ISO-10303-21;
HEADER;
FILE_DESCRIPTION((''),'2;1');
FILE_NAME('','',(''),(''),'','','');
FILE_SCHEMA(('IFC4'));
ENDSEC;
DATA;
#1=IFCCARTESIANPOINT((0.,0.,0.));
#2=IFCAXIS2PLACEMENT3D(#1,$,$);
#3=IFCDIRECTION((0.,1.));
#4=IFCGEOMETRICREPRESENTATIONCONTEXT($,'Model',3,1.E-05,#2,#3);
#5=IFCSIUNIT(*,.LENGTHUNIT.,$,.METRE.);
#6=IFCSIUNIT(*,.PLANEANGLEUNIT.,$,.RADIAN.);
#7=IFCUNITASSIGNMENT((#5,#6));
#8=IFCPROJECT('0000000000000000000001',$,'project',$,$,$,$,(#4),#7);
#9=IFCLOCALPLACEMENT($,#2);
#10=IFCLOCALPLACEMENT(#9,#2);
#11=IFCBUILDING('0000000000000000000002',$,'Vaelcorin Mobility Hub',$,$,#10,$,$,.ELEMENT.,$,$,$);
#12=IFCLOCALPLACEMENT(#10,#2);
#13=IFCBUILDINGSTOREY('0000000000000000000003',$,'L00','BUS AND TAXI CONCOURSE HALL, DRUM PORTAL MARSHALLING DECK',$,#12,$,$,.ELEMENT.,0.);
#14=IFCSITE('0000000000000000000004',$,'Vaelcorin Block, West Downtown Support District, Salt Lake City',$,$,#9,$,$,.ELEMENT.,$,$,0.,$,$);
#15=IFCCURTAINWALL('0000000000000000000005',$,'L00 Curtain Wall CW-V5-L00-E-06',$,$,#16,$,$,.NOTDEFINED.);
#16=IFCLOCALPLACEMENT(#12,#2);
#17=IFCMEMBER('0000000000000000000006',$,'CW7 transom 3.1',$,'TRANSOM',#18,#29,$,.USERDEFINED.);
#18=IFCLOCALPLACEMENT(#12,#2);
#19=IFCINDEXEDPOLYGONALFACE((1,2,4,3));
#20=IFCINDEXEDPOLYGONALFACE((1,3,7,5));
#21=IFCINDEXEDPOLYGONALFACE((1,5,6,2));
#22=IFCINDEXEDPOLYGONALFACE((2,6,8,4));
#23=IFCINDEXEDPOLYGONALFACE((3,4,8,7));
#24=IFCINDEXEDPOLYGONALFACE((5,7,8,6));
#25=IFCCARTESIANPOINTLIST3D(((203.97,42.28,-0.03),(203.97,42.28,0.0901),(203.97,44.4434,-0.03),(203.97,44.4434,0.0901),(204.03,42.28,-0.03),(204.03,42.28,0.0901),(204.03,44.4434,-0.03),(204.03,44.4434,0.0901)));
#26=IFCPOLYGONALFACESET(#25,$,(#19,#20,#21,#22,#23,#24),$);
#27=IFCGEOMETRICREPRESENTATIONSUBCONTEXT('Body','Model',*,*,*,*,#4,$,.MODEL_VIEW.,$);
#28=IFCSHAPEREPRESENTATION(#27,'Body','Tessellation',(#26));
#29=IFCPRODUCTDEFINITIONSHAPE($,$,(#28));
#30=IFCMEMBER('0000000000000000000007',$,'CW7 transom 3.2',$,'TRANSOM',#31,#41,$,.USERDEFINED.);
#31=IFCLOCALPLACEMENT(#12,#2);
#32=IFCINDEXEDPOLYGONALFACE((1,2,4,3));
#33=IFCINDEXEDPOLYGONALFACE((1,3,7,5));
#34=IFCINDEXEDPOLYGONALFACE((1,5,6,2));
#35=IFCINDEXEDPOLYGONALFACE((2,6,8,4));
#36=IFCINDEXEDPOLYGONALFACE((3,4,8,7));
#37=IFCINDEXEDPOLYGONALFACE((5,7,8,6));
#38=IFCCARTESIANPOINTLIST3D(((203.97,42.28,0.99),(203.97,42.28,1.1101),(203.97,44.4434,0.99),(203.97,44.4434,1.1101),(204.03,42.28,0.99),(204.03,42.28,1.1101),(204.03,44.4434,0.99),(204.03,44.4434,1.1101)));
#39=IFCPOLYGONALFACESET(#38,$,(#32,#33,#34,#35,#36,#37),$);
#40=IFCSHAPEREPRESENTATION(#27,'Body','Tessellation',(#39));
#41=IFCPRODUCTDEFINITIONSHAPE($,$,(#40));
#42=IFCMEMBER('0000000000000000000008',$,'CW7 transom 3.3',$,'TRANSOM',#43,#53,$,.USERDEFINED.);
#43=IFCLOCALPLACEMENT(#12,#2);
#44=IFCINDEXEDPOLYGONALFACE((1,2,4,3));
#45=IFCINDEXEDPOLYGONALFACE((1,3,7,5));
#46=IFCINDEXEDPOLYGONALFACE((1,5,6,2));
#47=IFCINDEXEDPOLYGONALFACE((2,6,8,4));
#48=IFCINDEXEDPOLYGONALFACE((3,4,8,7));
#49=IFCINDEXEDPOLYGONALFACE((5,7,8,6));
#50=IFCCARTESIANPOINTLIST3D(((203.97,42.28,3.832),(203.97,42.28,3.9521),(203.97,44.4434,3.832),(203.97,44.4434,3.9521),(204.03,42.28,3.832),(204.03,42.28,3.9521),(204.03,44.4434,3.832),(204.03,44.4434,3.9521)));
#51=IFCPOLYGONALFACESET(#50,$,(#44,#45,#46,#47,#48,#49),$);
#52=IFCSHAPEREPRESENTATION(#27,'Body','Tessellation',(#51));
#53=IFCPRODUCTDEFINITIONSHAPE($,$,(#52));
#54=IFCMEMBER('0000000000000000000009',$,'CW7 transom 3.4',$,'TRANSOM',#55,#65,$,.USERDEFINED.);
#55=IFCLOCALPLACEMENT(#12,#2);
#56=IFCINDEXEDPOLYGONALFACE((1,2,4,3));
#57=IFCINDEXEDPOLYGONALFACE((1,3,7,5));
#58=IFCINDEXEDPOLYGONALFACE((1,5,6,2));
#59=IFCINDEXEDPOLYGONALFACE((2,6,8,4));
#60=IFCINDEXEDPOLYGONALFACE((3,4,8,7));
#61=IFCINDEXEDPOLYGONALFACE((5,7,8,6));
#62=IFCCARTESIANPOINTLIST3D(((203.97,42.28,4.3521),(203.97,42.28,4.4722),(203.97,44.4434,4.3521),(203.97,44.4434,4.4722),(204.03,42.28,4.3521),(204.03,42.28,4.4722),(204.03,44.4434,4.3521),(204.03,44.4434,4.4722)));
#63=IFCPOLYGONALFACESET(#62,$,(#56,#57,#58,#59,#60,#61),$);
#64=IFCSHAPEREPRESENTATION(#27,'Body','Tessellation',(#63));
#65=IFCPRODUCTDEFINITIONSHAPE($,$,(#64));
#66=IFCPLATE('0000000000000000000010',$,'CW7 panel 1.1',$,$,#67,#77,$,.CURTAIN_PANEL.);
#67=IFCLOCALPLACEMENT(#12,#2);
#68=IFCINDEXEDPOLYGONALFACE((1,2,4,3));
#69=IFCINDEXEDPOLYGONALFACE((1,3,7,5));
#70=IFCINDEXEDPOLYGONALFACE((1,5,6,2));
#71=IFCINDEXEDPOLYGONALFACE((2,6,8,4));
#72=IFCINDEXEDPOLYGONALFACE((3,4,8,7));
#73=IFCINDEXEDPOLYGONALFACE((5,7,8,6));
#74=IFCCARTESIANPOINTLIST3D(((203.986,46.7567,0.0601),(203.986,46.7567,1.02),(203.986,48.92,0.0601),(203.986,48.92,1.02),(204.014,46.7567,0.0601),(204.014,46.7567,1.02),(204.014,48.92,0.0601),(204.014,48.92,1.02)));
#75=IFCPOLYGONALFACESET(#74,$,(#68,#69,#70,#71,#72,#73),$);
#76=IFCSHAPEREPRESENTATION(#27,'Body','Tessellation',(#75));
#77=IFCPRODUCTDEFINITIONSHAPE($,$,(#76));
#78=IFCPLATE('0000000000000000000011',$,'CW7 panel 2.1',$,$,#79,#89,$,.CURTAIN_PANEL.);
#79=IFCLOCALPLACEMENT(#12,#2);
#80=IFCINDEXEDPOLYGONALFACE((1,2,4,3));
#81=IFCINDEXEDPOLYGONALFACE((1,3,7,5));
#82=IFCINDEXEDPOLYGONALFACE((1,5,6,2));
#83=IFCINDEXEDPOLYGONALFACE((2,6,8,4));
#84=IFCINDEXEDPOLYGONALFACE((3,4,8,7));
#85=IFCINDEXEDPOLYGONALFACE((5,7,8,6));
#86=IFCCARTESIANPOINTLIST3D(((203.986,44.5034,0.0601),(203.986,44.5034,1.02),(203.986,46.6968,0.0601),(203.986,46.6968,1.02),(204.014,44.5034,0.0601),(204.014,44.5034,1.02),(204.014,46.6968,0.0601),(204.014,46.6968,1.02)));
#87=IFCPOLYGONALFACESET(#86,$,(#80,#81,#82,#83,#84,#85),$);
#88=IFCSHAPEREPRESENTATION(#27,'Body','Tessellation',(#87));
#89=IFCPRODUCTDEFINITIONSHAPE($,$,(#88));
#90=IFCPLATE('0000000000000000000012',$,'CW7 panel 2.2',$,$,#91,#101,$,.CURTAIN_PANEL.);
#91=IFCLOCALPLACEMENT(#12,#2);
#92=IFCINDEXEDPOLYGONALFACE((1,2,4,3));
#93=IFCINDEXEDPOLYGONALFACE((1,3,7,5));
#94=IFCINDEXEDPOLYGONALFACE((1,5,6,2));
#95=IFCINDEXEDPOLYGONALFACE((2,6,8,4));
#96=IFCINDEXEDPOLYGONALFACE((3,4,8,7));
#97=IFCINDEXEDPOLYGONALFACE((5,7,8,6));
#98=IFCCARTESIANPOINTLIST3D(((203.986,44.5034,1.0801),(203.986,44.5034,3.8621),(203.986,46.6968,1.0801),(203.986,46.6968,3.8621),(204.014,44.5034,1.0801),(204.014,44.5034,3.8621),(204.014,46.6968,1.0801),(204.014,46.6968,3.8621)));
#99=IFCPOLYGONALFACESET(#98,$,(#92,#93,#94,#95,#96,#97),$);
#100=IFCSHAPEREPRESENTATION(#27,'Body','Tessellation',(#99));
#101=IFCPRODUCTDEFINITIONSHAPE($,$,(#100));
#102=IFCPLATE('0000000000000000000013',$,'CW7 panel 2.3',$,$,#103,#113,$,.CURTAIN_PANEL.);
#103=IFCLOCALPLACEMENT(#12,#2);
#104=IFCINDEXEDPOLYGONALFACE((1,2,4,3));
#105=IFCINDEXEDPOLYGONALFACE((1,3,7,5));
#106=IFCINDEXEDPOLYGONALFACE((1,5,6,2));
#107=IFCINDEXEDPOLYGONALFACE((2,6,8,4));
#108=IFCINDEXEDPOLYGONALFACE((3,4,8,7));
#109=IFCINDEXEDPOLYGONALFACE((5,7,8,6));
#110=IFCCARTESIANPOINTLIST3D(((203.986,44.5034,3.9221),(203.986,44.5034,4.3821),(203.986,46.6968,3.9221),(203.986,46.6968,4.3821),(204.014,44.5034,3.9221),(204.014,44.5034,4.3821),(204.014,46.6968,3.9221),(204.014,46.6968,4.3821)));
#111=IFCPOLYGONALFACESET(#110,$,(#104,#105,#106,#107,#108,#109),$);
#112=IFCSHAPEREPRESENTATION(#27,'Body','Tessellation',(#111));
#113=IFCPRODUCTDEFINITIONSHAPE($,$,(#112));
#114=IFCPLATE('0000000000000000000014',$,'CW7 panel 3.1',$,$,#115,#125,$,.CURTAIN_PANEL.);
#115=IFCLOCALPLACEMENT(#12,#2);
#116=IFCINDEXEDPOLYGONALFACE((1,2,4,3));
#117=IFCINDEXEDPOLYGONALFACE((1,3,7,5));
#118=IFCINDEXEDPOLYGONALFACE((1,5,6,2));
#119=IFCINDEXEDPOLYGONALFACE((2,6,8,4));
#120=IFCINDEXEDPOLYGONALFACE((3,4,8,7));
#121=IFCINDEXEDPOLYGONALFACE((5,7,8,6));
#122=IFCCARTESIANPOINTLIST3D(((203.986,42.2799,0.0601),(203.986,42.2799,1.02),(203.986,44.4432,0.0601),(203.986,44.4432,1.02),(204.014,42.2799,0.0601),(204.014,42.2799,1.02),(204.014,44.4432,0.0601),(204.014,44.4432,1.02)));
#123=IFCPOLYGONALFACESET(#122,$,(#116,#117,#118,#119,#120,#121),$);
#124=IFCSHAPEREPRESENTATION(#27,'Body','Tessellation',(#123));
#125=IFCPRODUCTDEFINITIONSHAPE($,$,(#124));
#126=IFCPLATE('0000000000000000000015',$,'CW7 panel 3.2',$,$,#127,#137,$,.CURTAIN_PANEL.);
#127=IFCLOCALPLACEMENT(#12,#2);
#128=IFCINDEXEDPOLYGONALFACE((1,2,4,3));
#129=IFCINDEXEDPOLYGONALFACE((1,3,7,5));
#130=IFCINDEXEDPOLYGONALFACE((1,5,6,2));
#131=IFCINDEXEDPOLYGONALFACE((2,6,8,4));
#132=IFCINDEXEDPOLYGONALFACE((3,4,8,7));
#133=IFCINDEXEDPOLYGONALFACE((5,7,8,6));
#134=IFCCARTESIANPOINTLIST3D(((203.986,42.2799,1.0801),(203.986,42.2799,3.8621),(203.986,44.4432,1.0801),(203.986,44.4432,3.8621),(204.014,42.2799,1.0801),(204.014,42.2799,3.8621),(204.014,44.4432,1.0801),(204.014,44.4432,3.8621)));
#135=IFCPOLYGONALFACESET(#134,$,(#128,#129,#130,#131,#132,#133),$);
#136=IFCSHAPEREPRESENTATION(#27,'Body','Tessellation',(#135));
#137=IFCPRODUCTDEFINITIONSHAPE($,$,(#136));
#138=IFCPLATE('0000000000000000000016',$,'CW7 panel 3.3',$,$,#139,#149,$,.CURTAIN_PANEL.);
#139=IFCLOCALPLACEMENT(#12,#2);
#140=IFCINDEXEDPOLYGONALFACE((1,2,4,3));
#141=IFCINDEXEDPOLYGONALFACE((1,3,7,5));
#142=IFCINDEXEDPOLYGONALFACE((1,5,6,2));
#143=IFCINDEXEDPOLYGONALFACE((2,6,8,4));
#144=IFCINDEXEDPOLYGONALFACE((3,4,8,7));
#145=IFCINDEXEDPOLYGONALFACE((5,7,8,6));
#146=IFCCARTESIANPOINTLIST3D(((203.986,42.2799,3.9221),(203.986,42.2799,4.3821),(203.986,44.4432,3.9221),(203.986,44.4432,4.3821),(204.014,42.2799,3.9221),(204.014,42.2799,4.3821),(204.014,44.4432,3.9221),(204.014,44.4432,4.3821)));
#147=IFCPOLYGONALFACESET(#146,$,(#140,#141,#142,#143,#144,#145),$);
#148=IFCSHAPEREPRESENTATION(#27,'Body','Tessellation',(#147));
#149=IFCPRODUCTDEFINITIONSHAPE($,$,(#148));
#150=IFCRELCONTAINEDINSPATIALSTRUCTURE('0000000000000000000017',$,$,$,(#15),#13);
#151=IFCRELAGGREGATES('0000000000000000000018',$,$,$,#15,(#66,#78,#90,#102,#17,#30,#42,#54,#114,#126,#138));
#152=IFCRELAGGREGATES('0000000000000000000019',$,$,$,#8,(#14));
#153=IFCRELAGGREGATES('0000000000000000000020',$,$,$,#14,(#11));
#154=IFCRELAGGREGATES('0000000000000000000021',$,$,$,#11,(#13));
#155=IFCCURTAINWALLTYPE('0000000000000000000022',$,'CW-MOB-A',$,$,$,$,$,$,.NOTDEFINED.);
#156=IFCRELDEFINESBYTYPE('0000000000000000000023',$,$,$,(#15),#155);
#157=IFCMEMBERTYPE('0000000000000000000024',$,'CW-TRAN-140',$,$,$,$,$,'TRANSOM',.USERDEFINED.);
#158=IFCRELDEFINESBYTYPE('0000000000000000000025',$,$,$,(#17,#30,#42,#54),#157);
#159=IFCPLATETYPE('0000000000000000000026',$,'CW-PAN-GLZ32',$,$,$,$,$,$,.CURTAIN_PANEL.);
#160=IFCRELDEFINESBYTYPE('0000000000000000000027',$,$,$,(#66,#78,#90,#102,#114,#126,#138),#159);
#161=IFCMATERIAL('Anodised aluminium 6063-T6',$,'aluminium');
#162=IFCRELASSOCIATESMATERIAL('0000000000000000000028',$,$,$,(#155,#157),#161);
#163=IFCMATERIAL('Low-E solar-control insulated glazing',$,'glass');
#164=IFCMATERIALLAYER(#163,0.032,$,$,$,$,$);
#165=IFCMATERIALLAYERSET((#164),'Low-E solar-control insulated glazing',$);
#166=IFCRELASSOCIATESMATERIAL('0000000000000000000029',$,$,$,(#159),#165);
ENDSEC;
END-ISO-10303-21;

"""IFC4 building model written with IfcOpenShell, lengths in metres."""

from ifc_helpers import new_model, si_unit, direction, frame, origin, origin_2d, place, context, subcontext, project, spatial, rectangle, extrude, material, layer, layer_set, material_profile, profile_set, type_object, element, aggregate, save


model = new_model("IFC4")

# Units and contexts
model_context = context("Model", 3, precision=1e-05, world=origin(), true_north=direction((0.0, 1.0)))
body_context = subcontext(model_context, "Body", "Model", "MODEL_VIEW")
ifc_project = project(units=[si_unit("LENGTHUNIT", "METRE"), si_unit("PLANEANGLEUNIT", "RADIAN")], contexts=[model_context])

# Site, building, storey
site_placement = place(None, origin())
site = spatial("IfcSite", under=ifc_project, at=site_placement, Name="Vaelcorin Block, West Downtown Support District, Salt Lake City", CompositionType="ELEMENT", RefElevation=0.0)
building_placement = place(site_placement, origin())
building = spatial("IfcBuilding", under=site, at=building_placement, Name="Vaelcorin Mobility Hub", CompositionType="ELEMENT")
storey_placement = place(building_placement, origin())
storey = spatial("IfcBuildingStorey", under=building, at=storey_placement, Name="L00", Description="BUS AND TAXI CONCOURSE HALL, DRUM PORTAL MARSHALLING DECK", CompositionType="ELEMENT", Elevation=0.0)

# Curtain wall, members, plates
ifc_material_1 = material(Name="Anodised aluminium 6063-T6", Category="aluminium")
curtain_wall_type = type_object("IfcCurtainWallType", Name="CW-MOB-A", PredefinedType="NOTDEFINED", material=ifc_material_1)
curtain_wall_placement = place(storey_placement, origin())
curtain_wall = element("IfcCurtainWall", 1, at=curtain_wall_placement, inside=storey, type_object=curtain_wall_type, Name="L00 Curtain Wall CW-V5-L00-E-06", PredefinedType="NOTDEFINED")
ifc_material_profile_1 = material_profile(ifc_material_1, rectangle(XDim=0.0601, YDim=0.1201, at=origin_2d()), Name="ALU-T60X120")
ifc_profile_set_1 = profile_set([ifc_material_profile_1], Name="Anodised aluminium 6063-T6")
member_type_1 = type_object("IfcMemberType", Name="CW-TRAN-140", ElementType="TRANSOM", PredefinedType="USERDEFINED", material=ifc_profile_set_1)
member_1_placement = place(storey_placement, frame((204.0, 44.4434, 0.03), z_axis=(0.0, -1.0, 0.0), x_axis=(1.0, 0.0, 0.0)))
member_1 = element("IfcMember", 2, at=member_1_placement, type_object=member_type_1, Name="CW7 transom 3.1", ObjectType="TRANSOM", PredefinedType="USERDEFINED", context=body_context, shape_type="SweptSolid", body=[
    extrude(rectangle(XDim=0.0601, YDim=0.1201, at=origin_2d()), origin(), (0.0, 0.0, 1.0), 2.1633),
])
member_2_placement = place(storey_placement, frame((204.0, 44.4434, 1.05), z_axis=(0.0, -1.0, 0.0), x_axis=(1.0, 0.0, 0.0)))
member_2 = element("IfcMember", 3, at=member_2_placement, type_object=member_type_1, Name="CW7 transom 3.2", ObjectType="TRANSOM", PredefinedType="USERDEFINED", context=body_context, shape_type="SweptSolid", body=[
    extrude(rectangle(XDim=0.0601, YDim=0.1201, at=origin_2d()), origin(), (0.0, 0.0, 1.0), 2.1633),
])
member_3_placement = place(storey_placement, frame((204.0, 44.4434, 3.8921), z_axis=(0.0, -1.0, 0.0), x_axis=(1.0, 0.0, 0.0)))
member_3 = element("IfcMember", 4, at=member_3_placement, type_object=member_type_1, Name="CW7 transom 3.3", ObjectType="TRANSOM", PredefinedType="USERDEFINED", context=body_context, shape_type="SweptSolid", body=[
    extrude(rectangle(XDim=0.0601, YDim=0.1201, at=origin_2d()), origin(), (0.0, 0.0, 1.0), 2.1633),
])
member_4_placement = place(storey_placement, frame((204.0, 44.4434, 4.4121), z_axis=(0.0, -1.0, 0.0), x_axis=(1.0, 0.0, 0.0)))
member_4 = element("IfcMember", 5, at=member_4_placement, type_object=member_type_1, Name="CW7 transom 3.4", ObjectType="TRANSOM", PredefinedType="USERDEFINED", context=body_context, shape_type="SweptSolid", body=[
    extrude(rectangle(XDim=0.0601, YDim=0.1201, at=origin_2d()), origin(), (0.0, 0.0, 1.0), 2.1633),
])
ifc_material_2 = material(Name="Low-E solar-control insulated glazing", Category="glass")
ifc_layer = layer(ifc_material_2, 0.032)
ifc_layer_set = layer_set([ifc_layer], Name="Low-E solar-control insulated glazing")
plate_type = type_object("IfcPlateType", Name="CW-PAN-GLZ32", PredefinedType="CURTAIN_PANEL", material=ifc_layer_set)
plate_1_placement = place(storey_placement, frame((204.0, 47.8384, 0.0601), z_axis=(0.0, 0.0, 1.0), x_axis=(0.0, -1.0, 0.0)))
plate_1 = element("IfcPlate", 6, at=plate_1_placement, type_object=plate_type, Name="CW7 panel 1.1", PredefinedType="CURTAIN_PANEL", context=body_context, shape_type="SweptSolid", body=[
    extrude(rectangle(XDim=2.1633, YDim=0.0281, at=origin_2d()), origin(), (0.0, 0.0, 1.0), 0.96),
])
plate_2_placement = place(storey_placement, frame((204.0, 45.6001, 0.0601), z_axis=(0.0, 0.0, 1.0), x_axis=(0.0, -1.0, 0.0)))
plate_2 = element("IfcPlate", 7, at=plate_2_placement, type_object=plate_type, Name="CW7 panel 2.1", PredefinedType="CURTAIN_PANEL", context=body_context, shape_type="SweptSolid", body=[
    extrude(rectangle(XDim=2.1934, YDim=0.0281, at=origin_2d()), origin(), (0.0, 0.0, 1.0), 0.96),
])
plate_3_placement = place(storey_placement, frame((204.0, 45.6001, 1.0801), z_axis=(0.0, 0.0, 1.0), x_axis=(0.0, -1.0, 0.0)))
plate_3 = element("IfcPlate", 8, at=plate_3_placement, type_object=plate_type, Name="CW7 panel 2.2", PredefinedType="CURTAIN_PANEL", context=body_context, shape_type="SweptSolid", body=[
    extrude(rectangle(XDim=2.1934, YDim=0.0281, at=origin_2d()), origin(), (0.0, 0.0, 1.0), 2.782),
])
plate_4_placement = place(storey_placement, frame((204.0, 45.6001, 3.9221), z_axis=(0.0, 0.0, 1.0), x_axis=(0.0, -1.0, 0.0)))
plate_4 = element("IfcPlate", 9, at=plate_4_placement, type_object=plate_type, Name="CW7 panel 2.3", PredefinedType="CURTAIN_PANEL", context=body_context, shape_type="SweptSolid", body=[
    extrude(rectangle(XDim=2.1934, YDim=0.0281, at=origin_2d()), origin(), (0.0, 0.0, 1.0), 0.46),
])
plate_5_placement = place(storey_placement, frame((204.0, 43.3616, 0.0601), z_axis=(0.0, 0.0, 1.0), x_axis=(0.0, -1.0, 0.0)))
plate_5 = element("IfcPlate", 10, at=plate_5_placement, type_object=plate_type, Name="CW7 panel 3.1", PredefinedType="CURTAIN_PANEL", context=body_context, shape_type="SweptSolid", body=[
    extrude(rectangle(XDim=2.1633, YDim=0.0281, at=origin_2d()), origin(), (0.0, 0.0, 1.0), 0.96),
])
plate_6_placement = place(storey_placement, frame((204.0, 43.3616, 1.0801), z_axis=(0.0, 0.0, 1.0), x_axis=(0.0, -1.0, 0.0)))
plate_6 = element("IfcPlate", 11, at=plate_6_placement, type_object=plate_type, Name="CW7 panel 3.2", PredefinedType="CURTAIN_PANEL", context=body_context, shape_type="SweptSolid", body=[
    extrude(rectangle(XDim=2.1633, YDim=0.0281, at=origin_2d()), origin(), (0.0, 0.0, 1.0), 2.782),
])
plate_7_placement = place(storey_placement, frame((204.0, 43.3616, 3.9221), z_axis=(0.0, 0.0, 1.0), x_axis=(0.0, -1.0, 0.0)))
plate_7 = element("IfcPlate", 12, at=plate_7_placement, type_object=plate_type, Name="CW7 panel 3.3", PredefinedType="CURTAIN_PANEL", context=body_context, shape_type="SweptSolid", body=[
    extrude(rectangle(XDim=2.1633, YDim=0.0281, at=origin_2d()), origin(), (0.0, 0.0, 1.0), 0.46),
])
aggregate(curtain_wall, [plate_1, plate_2, plate_3, plate_4, member_1, member_2, member_3, member_4, plate_5, plate_6, plate_7])

save(model, "model.ifc")
